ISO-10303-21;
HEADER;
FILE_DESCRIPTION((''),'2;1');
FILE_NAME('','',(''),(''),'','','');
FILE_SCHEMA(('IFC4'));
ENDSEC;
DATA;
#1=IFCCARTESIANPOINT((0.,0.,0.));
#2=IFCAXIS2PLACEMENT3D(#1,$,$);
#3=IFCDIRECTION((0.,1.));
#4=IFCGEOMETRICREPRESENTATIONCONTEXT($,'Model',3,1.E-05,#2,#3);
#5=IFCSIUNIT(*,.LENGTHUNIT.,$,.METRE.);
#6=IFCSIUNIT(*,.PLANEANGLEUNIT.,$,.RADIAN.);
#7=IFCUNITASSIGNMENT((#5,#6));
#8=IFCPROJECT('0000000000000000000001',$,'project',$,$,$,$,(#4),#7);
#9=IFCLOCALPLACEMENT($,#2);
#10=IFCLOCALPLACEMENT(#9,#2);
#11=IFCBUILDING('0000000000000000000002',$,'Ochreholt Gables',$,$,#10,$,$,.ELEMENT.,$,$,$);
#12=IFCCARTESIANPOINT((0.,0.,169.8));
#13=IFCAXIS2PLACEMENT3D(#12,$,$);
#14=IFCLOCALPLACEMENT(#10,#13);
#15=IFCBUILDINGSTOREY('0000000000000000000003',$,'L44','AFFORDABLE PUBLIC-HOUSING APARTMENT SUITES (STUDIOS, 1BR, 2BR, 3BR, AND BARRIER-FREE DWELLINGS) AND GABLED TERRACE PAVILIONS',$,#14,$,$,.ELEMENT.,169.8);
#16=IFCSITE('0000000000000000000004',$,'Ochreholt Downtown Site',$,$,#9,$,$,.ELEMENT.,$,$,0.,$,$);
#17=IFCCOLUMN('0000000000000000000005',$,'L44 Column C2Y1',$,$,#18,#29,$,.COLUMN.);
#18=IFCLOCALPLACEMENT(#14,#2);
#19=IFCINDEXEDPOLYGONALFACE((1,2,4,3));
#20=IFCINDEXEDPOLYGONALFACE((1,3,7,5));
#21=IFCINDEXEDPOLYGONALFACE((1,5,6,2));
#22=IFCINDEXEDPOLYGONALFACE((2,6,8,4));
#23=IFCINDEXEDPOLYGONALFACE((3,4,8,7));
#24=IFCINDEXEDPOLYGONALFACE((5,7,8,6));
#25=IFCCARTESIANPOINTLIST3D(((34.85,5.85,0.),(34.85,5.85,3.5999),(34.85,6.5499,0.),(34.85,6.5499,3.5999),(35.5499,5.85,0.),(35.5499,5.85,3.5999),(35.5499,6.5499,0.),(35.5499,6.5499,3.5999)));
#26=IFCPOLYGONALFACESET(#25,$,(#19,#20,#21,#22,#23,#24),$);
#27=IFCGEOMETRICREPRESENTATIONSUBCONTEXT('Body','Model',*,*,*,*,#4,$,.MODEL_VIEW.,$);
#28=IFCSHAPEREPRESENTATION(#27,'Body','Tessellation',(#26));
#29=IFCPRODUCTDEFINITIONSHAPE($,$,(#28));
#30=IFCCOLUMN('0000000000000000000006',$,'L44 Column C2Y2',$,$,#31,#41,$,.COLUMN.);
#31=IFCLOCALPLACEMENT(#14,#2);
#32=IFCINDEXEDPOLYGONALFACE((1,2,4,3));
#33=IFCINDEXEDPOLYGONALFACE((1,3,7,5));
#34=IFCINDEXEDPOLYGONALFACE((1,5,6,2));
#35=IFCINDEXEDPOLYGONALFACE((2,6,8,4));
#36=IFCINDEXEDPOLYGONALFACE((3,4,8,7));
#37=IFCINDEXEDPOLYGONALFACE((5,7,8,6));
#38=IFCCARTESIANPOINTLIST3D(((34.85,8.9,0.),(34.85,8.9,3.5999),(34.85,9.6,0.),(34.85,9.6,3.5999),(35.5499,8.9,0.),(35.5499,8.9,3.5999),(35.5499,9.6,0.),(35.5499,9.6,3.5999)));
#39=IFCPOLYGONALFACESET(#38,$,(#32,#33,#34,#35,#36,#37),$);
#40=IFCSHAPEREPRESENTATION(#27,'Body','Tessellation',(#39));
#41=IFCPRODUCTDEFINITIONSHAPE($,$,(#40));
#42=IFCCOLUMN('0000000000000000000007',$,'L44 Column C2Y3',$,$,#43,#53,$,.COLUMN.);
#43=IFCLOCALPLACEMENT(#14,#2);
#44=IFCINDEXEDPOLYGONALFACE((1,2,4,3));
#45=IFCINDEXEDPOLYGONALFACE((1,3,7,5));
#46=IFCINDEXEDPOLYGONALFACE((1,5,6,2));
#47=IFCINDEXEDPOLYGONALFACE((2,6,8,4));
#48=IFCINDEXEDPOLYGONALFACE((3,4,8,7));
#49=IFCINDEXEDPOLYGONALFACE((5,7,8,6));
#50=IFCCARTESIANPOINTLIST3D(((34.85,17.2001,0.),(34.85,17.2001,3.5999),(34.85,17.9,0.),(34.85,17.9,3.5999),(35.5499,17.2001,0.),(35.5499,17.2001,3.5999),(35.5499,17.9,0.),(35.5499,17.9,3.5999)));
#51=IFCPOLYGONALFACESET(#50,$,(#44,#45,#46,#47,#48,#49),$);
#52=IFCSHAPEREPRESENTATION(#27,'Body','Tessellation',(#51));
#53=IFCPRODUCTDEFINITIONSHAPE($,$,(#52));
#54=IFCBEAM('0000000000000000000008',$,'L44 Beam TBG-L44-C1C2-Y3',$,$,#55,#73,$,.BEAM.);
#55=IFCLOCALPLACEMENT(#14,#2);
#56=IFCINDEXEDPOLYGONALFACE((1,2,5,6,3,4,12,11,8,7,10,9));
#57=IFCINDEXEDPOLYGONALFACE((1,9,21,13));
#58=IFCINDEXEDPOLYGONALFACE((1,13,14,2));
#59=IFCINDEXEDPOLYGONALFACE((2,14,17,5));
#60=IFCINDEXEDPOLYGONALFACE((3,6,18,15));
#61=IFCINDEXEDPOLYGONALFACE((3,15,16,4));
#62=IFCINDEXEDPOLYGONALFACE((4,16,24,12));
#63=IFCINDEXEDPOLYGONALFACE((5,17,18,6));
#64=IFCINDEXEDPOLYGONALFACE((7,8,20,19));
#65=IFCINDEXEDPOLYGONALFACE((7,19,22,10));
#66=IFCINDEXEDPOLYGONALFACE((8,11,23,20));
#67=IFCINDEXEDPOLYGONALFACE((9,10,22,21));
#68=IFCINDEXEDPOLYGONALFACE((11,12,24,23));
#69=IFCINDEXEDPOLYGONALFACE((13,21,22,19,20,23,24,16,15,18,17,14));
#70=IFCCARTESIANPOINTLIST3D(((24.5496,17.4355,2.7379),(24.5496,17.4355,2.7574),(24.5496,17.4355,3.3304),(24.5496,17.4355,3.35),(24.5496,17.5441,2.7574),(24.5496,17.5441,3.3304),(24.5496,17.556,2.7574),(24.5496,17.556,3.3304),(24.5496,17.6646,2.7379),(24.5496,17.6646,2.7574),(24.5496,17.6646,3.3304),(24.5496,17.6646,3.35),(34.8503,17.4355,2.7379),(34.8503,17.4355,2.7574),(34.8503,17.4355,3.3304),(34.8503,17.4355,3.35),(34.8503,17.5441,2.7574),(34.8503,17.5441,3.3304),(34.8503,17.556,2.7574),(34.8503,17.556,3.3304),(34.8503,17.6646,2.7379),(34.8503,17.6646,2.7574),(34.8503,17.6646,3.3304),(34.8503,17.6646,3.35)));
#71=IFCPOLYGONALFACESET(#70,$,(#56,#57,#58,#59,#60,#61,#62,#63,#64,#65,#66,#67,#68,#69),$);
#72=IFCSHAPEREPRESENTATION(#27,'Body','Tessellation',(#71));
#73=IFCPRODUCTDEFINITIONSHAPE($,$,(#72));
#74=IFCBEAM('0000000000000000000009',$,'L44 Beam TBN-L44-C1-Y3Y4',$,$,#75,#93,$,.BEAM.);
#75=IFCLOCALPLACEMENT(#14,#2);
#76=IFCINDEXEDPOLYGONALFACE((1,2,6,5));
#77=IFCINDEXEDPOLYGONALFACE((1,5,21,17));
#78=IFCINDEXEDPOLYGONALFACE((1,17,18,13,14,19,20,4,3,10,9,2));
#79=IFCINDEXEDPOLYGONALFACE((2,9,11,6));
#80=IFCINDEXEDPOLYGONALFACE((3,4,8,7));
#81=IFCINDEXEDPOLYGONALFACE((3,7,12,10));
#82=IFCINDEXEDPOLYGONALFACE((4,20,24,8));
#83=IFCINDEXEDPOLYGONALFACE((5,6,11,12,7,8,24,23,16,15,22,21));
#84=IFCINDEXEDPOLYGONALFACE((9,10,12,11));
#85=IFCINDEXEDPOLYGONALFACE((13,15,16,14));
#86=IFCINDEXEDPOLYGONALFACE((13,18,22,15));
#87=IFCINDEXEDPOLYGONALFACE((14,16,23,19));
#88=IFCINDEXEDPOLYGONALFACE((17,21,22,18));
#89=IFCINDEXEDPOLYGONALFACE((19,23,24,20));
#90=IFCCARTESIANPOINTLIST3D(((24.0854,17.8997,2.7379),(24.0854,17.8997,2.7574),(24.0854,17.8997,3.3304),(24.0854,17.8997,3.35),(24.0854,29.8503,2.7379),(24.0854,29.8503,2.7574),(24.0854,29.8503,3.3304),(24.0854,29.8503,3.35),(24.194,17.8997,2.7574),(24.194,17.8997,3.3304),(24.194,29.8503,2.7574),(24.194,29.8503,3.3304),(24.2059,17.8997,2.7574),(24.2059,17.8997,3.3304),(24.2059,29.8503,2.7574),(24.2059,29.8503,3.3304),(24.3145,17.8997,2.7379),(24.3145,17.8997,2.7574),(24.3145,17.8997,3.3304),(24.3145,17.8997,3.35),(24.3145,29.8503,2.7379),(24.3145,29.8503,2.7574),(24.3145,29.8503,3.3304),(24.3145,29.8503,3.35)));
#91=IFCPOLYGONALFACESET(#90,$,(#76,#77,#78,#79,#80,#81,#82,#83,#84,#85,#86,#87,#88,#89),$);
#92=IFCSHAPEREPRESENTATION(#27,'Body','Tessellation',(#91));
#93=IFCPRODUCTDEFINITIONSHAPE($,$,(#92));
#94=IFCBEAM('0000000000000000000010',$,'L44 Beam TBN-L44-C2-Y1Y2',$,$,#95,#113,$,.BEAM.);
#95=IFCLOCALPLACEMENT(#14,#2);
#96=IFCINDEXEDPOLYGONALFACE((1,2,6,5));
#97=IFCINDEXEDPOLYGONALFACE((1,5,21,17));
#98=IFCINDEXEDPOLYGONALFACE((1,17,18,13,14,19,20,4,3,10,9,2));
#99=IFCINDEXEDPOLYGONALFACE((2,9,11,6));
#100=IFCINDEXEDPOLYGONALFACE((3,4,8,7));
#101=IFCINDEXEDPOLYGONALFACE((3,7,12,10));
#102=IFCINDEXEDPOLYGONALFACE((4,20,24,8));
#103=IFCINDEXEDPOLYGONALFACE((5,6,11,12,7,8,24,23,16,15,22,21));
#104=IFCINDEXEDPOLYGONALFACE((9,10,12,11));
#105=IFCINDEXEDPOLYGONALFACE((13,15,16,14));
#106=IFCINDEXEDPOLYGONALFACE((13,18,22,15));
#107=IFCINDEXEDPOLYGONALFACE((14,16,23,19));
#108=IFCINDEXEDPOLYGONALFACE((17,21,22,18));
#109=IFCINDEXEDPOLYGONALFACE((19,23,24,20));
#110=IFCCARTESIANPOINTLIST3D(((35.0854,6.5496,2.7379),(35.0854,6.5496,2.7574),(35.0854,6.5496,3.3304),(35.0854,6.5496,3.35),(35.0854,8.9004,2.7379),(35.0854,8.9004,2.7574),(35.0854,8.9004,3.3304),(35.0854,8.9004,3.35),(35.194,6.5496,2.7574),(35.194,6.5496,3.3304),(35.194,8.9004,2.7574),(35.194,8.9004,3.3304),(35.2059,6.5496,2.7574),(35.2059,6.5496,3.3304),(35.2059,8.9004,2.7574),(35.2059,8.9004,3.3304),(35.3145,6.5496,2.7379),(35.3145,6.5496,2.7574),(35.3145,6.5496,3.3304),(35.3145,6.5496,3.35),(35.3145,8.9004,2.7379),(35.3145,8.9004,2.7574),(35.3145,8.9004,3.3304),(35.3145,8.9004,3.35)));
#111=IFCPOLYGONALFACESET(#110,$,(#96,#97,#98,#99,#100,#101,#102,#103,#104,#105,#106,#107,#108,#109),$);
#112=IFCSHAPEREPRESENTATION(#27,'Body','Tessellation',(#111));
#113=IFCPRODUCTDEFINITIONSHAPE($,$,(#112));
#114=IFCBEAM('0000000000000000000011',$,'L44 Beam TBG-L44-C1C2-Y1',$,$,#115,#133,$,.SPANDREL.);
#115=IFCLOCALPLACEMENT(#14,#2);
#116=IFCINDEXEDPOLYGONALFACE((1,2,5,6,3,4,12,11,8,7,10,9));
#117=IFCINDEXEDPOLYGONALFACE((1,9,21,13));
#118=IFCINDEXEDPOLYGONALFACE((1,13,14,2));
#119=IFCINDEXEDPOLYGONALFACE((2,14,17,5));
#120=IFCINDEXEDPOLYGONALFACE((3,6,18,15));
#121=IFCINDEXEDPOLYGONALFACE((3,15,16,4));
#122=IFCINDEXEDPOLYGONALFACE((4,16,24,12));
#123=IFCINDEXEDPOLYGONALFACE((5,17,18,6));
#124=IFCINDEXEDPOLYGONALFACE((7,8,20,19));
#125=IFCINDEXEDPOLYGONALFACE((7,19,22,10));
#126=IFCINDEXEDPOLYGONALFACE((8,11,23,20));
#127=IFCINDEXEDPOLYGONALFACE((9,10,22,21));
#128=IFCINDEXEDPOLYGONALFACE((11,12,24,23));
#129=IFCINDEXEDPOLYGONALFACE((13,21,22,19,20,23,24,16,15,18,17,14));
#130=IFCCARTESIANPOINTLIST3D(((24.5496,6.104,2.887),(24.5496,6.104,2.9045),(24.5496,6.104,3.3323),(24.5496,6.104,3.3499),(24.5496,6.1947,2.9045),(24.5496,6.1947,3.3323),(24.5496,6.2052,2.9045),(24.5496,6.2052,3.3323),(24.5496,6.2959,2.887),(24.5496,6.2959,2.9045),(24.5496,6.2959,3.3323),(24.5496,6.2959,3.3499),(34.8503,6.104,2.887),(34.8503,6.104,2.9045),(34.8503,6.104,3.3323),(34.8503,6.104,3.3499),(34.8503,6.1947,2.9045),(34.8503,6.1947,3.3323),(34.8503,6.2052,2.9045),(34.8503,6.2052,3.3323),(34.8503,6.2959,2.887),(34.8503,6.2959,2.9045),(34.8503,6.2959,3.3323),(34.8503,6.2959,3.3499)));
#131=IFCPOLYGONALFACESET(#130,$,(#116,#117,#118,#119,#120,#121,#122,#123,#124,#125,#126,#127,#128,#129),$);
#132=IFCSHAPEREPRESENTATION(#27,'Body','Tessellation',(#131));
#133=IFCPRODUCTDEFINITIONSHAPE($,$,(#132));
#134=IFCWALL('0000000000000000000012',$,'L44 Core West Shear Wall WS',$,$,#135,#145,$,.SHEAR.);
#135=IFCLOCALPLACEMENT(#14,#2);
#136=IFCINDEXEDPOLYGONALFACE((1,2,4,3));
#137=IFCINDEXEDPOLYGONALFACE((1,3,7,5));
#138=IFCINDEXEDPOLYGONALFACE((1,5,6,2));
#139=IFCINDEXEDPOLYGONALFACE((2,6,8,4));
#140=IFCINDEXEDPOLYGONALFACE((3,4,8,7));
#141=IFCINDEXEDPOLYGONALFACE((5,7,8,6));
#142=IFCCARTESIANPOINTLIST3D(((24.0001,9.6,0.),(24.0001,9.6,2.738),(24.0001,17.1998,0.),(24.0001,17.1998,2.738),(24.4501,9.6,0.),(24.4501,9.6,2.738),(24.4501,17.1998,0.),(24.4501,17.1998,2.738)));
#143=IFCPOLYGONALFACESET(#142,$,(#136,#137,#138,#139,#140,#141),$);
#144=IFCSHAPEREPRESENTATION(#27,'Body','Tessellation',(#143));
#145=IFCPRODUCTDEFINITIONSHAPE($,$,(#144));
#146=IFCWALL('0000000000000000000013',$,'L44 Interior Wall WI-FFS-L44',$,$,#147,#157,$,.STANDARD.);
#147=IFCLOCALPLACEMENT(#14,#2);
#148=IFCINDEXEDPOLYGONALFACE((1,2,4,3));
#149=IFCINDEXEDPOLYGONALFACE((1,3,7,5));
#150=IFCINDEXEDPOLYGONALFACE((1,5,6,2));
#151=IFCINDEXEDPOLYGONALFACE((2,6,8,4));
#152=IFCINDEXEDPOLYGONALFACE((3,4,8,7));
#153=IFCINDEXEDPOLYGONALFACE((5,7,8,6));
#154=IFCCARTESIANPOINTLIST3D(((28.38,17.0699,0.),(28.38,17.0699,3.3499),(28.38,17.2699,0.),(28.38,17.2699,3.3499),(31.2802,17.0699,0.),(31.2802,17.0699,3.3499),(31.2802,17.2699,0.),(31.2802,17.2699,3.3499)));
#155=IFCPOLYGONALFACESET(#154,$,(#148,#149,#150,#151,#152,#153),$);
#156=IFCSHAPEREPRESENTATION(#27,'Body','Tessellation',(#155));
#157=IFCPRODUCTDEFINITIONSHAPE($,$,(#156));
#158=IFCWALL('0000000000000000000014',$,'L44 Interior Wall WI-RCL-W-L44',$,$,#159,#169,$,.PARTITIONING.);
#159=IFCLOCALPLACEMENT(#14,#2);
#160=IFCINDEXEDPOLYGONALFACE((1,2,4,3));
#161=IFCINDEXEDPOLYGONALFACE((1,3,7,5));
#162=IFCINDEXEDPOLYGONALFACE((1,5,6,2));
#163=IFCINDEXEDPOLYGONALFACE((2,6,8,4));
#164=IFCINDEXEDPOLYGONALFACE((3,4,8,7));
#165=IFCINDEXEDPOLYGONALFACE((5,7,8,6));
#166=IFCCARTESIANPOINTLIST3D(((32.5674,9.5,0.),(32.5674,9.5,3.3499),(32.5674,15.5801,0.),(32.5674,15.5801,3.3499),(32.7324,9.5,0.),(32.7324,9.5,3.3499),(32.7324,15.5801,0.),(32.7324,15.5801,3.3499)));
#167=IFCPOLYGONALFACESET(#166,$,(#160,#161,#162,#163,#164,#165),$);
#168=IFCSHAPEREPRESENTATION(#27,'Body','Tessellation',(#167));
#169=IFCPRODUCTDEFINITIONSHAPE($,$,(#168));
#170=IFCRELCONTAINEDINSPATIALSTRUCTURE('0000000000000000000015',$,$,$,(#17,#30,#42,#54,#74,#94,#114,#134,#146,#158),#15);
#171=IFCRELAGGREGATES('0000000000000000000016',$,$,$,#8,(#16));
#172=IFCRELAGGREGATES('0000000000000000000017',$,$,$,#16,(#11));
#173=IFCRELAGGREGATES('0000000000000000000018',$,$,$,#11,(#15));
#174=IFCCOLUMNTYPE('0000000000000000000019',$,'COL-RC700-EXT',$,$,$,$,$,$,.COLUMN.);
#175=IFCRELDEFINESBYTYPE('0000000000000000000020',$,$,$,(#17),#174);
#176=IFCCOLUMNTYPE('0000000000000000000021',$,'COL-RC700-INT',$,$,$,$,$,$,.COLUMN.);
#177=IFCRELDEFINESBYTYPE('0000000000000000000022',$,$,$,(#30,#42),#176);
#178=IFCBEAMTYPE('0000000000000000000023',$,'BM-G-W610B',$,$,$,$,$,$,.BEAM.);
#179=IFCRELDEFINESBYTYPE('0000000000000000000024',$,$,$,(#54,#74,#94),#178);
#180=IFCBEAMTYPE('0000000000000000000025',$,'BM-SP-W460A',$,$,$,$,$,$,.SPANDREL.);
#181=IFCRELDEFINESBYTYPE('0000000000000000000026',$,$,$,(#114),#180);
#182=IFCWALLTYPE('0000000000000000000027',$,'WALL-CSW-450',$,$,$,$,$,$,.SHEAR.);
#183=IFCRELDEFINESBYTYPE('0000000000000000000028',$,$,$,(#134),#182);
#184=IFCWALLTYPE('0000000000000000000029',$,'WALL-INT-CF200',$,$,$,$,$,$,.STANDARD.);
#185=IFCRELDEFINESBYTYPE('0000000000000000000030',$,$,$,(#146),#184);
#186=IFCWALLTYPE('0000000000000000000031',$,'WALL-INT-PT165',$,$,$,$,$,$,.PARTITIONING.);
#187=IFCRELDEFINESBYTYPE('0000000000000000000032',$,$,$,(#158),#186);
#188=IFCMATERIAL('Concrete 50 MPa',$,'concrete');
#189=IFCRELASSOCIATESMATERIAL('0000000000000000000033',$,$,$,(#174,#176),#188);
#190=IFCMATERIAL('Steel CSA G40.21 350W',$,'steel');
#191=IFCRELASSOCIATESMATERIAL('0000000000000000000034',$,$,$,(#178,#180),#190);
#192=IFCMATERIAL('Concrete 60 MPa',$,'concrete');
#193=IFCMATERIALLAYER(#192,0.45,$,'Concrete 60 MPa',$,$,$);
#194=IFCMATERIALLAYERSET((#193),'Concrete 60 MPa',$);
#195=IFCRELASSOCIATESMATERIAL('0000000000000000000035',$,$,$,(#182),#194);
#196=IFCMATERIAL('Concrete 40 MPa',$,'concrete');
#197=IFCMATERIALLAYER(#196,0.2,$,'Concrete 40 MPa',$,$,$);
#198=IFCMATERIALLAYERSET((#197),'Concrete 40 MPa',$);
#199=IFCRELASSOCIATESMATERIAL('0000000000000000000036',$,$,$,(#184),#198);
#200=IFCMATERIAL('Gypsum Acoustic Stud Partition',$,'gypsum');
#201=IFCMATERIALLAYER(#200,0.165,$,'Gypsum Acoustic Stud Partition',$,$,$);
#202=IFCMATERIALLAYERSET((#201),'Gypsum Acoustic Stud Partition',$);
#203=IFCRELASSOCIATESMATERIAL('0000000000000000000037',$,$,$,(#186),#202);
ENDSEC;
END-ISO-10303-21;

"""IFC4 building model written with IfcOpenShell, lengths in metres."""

from ifc_helpers import new_model, si_unit, direction, frame, frame_2d, origin, origin_2d, place, context, subcontext, project, spatial, rectangle, i_section, extrude, material, layer, layer_set, material_profile, profile_set, type_object, element, save


model = new_model("IFC4")

# Units and contexts
model_context = context("Model", 3, precision=1e-05, world=origin(), true_north=direction((0.0, 1.0)))
body_context = subcontext(model_context, "Body", "Model", "MODEL_VIEW")
ifc_project = project(units=[si_unit("LENGTHUNIT", "METRE"), si_unit("PLANEANGLEUNIT", "RADIAN")], contexts=[model_context])

# Site, building, storey
site_placement = place(None, origin())
site = spatial("IfcSite", under=ifc_project, at=site_placement, Name="Ochreholt Downtown Site", CompositionType="ELEMENT", RefElevation=0.0)
building_placement = place(site_placement, origin())
building = spatial("IfcBuilding", under=site, at=building_placement, Name="Ochreholt Gables", CompositionType="ELEMENT")
storey_placement = place(building_placement, frame((0.0, 0.0, 169.8)))
storey = spatial("IfcBuildingStorey", under=building, at=storey_placement, Name="L44", Description="AFFORDABLE PUBLIC-HOUSING APARTMENT SUITES (STUDIOS, 1BR, 2BR, 3BR, AND BARRIER-FREE DWELLINGS) AND GABLED TERRACE PAVILIONS", CompositionType="ELEMENT", Elevation=169.8)

# Columns
ifc_material_1 = material(Name="Concrete 50 MPa", Category="concrete")
ifc_material_profile_1 = material_profile(ifc_material_1, rectangle(XDim=0.7, YDim=0.7, at=origin_2d()), Name="RC700X700")
ifc_profile_set_1 = profile_set([ifc_material_profile_1], Name="Concrete 50 MPa")
column_type_1 = type_object("IfcColumnType", Name="COL-RC700-EXT", PredefinedType="COLUMN", material=ifc_profile_set_1)
column_placement = place(storey_placement, frame((35.2, 6.2, 0.0), z_axis=(0.0, 0.0, 1.0), x_axis=(1.0, 0.0, 0.0)))
element("IfcColumn", 1, at=column_placement, inside=storey, type_object=column_type_1, Name="L44 Column C2Y1", PredefinedType="COLUMN", context=body_context, shape_type="SweptSolid", body=[
    extrude(rectangle(XDim=0.7, YDim=0.7, at=origin_2d()), origin(), (0.0, 0.0, 1.0), 3.5999),
])
ifc_material_profile_2 = material_profile(ifc_material_1, rectangle(XDim=0.7, YDim=0.7, at=origin_2d()), Name="RC700X700")
ifc_profile_set_2 = profile_set([ifc_material_profile_2], Name="Concrete 50 MPa")
column_type_2 = type_object("IfcColumnType", Name="COL-RC700-INT", PredefinedType="COLUMN", material=ifc_profile_set_2)
for number, where, z_axis, x_axis, name in (
    (2, (35.2, 9.25, 0.0), (0.0, 0.0, 1.0), (1.0, 0.0, 0.0), "L44 Column C2Y2"),
    (3, (35.2, 17.55, 0.0), (0.0, 0.0, 1.0), (1.0, 0.0, 0.0), "L44 Column C2Y3"),
):
    element("IfcColumn", number, at=place(storey_placement, frame(where, z_axis=z_axis, x_axis=x_axis)), inside=storey, type_object=column_type_2, Name=name, PredefinedType="COLUMN", context=body_context, shape_type="SweptSolid", body=[
        extrude(rectangle(XDim=0.7, YDim=0.7, at=origin_2d()), origin(), (0.0, 0.0, 1.0), 3.5999),
    ])

# Beams
ifc_material_2 = material(Name="Steel CSA G40.21 350W", Category="steel")
ifc_material_profile_3 = material_profile(ifc_material_2, i_section(OverallWidth=0.229, OverallDepth=0.6121, WebThickness=0.012, FlangeThickness=0.0195, at=origin_2d()), Name="W610X125")
ifc_profile_set_3 = profile_set([ifc_material_profile_3], Name="Steel CSA G40.21 350W")
beam_type_1 = type_object("IfcBeamType", Name="BM-G-W610B", PredefinedType="BEAM", material=ifc_profile_set_3)
beam_1_placement = place(storey_placement, frame((24.5496, 17.55, 3.0439), z_axis=(1.0, 0.0, 0.0), x_axis=(0.0, 1.0, 0.0)))
element("IfcBeam", 4, at=beam_1_placement, inside=storey, type_object=beam_type_1, Name="L44 Beam TBG-L44-C1C2-Y3", PredefinedType="BEAM", context=body_context, shape_type="SweptSolid", body=[
    extrude(i_section(OverallWidth=0.229, OverallDepth=0.6121, WebThickness=0.012, FlangeThickness=0.0195, at=origin_2d()), origin(), (0.0, 0.0, 1.0), 10.3008),
])
beam_2_placement = place(storey_placement, frame((24.2, 17.8997, 3.0439), z_axis=(0.0, 1.0, 0.0), x_axis=(-1.0, 0.0, 0.0)))
element("IfcBeam", 5, at=beam_2_placement, inside=storey, type_object=beam_type_1, Name="L44 Beam TBN-L44-C1-Y3Y4", PredefinedType="BEAM", context=body_context, shape_type="SweptSolid", body=[
    extrude(i_section(OverallWidth=0.229, OverallDepth=0.6121, WebThickness=0.012, FlangeThickness=0.0195, at=origin_2d()), origin(), (0.0, 0.0, 1.0), 11.9507),
])
beam_3_placement = place(storey_placement, frame((35.2, 6.5496, 3.0439), z_axis=(0.0, 1.0, 0.0), x_axis=(-1.0, 0.0, 0.0)))
element("IfcBeam", 6, at=beam_3_placement, inside=storey, type_object=beam_type_1, Name="L44 Beam TBN-L44-C2-Y1Y2", PredefinedType="BEAM", context=body_context, shape_type="SweptSolid", body=[
    extrude(i_section(OverallWidth=0.229, OverallDepth=0.6121, WebThickness=0.012, FlangeThickness=0.0195, at=origin_2d()), origin(), (0.0, 0.0, 1.0), 2.3508),
])
ifc_material_profile_4 = material_profile(ifc_material_2, i_section(OverallWidth=0.1919, OverallDepth=0.4629, WebThickness=0.0105, FlangeThickness=0.0176, at=origin_2d()), Name="W460X89")
ifc_profile_set_4 = profile_set([ifc_material_profile_4], Name="Steel CSA G40.21 350W")
beam_type_2 = type_object("IfcBeamType", Name="BM-SP-W460A", PredefinedType="SPANDREL", material=ifc_profile_set_4)
beam_4_placement = place(storey_placement, frame((24.5496, 6.2, 3.1184), z_axis=(1.0, 0.0, 0.0), x_axis=(0.0, 1.0, 0.0)))
element("IfcBeam", 7, at=beam_4_placement, inside=storey, type_object=beam_type_2, Name="L44 Beam TBG-L44-C1C2-Y1", PredefinedType="SPANDREL", context=body_context, shape_type="SweptSolid", body=[
    extrude(i_section(OverallWidth=0.1919, OverallDepth=0.4629, WebThickness=0.0105, FlangeThickness=0.0176, at=origin_2d()), origin(), (0.0, 0.0, 1.0), 10.3008),
])

# Walls
ifc_material_3 = material(Name="Concrete 60 MPa", Category="concrete")
ifc_layer_1 = layer(ifc_material_3, 0.45, Name="Concrete 60 MPa")
ifc_layer_set_1 = layer_set([ifc_layer_1], Name="Concrete 60 MPa")
wall_type_1 = type_object("IfcWallType", Name="WALL-CSW-450", PredefinedType="SHEAR", material=ifc_layer_set_1)
wall_1_placement = place(storey_placement, frame((24.2251, 9.6001, 0.0), z_axis=(0.0, 0.0, 1.0), x_axis=(0.0, 1.0, 0.0)))
element("IfcWall", 8, at=wall_1_placement, inside=storey, type_object=wall_type_1, Name="L44 Core West Shear Wall WS", PredefinedType="SHEAR", context=body_context, shape_type="SweptSolid", body=[
    extrude(rectangle(XDim=7.5999, YDim=0.45, at=frame_2d((3.7998, 0.0))), origin(), (0.0, 0.0, 1.0), 2.738),
])
ifc_material_4 = material(Name="Concrete 40 MPa", Category="concrete")
ifc_layer_2 = layer(ifc_material_4, 0.2, Name="Concrete 40 MPa")
ifc_layer_set_2 = layer_set([ifc_layer_2], Name="Concrete 40 MPa")
wall_type_2 = type_object("IfcWallType", Name="WALL-INT-CF200", PredefinedType="STANDARD", material=ifc_layer_set_2)
wall_2_placement = place(storey_placement, frame((28.3799, 17.1699, 0.0), z_axis=(0.0, 0.0, 1.0), x_axis=(1.0, 0.0, 0.0)))
element("IfcWall", 9, at=wall_2_placement, inside=storey, type_object=wall_type_2, Name="L44 Interior Wall WI-FFS-L44", PredefinedType="STANDARD", context=body_context, shape_type="SweptSolid", body=[
    extrude(rectangle(XDim=2.9001, YDim=0.2, at=frame_2d((1.4502, 0.0))), origin(), (0.0, 0.0, 1.0), 3.3499),
])

# Wall
ifc_material_5 = material(Name="Gypsum Acoustic Stud Partition", Category="gypsum")
ifc_layer_3 = layer(ifc_material_5, 0.165, Name="Gypsum Acoustic Stud Partition")
ifc_layer_set_3 = layer_set([ifc_layer_3], Name="Gypsum Acoustic Stud Partition")
wall_type_3 = type_object("IfcWallType", Name="WALL-INT-PT165", PredefinedType="PARTITIONING", material=ifc_layer_set_3)
wall_3_placement = place(storey_placement, frame((32.6499, 9.5, 0.0), z_axis=(0.0, 0.0, 1.0), x_axis=(0.0, 1.0, 0.0)))
element("IfcWall", 10, at=wall_3_placement, inside=storey, type_object=wall_type_3, Name="L44 Interior Wall WI-RCL-W-L44", PredefinedType="PARTITIONING", context=body_context, shape_type="SweptSolid", body=[
    extrude(rectangle(XDim=6.0801, YDim=0.165, at=frame_2d((3.04, 0.0))), origin(), (0.0, 0.0, 1.0), 3.3499),
])

save(model, "model.ifc")
